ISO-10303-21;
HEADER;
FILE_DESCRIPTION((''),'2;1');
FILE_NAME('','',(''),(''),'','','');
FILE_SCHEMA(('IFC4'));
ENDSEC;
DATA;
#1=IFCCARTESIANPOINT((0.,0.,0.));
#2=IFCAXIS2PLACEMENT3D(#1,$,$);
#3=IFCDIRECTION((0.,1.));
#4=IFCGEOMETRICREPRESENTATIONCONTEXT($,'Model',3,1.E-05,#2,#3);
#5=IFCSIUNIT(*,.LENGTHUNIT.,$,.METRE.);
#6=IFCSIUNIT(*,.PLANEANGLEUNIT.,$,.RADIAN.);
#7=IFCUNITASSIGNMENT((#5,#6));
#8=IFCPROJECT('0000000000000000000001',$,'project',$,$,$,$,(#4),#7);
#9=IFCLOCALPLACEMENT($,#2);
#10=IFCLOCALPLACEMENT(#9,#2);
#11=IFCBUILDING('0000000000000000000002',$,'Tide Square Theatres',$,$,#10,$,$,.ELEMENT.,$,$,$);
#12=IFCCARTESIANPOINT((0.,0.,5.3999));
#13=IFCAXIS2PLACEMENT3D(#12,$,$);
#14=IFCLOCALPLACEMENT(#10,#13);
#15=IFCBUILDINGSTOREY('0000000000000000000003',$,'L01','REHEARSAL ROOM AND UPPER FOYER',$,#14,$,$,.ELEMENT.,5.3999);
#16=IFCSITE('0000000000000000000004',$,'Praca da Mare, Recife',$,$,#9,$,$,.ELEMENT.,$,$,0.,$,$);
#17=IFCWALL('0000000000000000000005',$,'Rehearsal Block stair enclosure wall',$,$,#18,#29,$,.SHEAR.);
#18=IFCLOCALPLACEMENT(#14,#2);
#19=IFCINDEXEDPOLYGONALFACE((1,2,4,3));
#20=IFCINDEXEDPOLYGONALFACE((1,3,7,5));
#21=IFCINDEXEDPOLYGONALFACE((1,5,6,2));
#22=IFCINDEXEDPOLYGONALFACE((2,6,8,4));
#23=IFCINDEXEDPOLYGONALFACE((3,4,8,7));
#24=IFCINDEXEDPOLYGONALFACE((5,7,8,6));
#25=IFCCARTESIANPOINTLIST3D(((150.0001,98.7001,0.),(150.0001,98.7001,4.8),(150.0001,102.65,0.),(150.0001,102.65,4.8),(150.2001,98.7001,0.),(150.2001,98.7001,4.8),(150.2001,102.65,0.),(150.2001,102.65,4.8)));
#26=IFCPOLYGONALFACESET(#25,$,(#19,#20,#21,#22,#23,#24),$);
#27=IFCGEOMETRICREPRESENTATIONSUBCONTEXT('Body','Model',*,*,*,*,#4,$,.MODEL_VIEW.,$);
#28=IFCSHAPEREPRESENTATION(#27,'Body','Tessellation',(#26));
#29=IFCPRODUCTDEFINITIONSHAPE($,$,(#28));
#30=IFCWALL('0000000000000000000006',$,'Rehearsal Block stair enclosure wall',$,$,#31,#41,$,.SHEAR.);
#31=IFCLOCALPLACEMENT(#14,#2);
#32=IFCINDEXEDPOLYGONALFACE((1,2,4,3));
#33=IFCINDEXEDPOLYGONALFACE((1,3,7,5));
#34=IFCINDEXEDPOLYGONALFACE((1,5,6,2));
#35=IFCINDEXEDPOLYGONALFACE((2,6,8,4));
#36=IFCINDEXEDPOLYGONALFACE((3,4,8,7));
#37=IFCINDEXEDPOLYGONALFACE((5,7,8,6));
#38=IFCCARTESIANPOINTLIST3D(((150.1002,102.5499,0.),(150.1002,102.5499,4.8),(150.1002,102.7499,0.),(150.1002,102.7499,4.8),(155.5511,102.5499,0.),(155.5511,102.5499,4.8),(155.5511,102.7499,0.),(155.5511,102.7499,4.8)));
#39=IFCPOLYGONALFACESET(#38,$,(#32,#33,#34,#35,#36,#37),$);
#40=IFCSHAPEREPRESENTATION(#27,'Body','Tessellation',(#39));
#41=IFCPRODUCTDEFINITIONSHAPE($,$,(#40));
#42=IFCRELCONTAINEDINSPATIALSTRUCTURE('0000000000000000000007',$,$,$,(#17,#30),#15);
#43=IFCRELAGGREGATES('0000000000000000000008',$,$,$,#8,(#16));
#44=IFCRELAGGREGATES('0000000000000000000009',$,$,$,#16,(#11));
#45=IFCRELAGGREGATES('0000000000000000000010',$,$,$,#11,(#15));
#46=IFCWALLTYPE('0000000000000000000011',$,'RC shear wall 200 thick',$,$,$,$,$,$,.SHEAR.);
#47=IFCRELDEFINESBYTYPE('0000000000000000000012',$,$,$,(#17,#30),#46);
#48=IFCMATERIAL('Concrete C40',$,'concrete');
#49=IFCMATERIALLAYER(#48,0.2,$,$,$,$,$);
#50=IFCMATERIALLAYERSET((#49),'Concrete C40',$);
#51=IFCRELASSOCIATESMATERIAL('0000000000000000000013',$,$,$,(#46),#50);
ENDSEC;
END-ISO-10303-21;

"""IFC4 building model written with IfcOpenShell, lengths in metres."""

from ifc_helpers import new_model, si_unit, direction, frame, frame_2d, origin, place, context, subcontext, project, spatial, rectangle, extrude, material, layer, layer_set, type_object, element, save


model = new_model("IFC4")

# Units and contexts
model_context = context("Model", 3, precision=1e-05, world=origin(), true_north=direction((0.0, 1.0)))
body_context = subcontext(model_context, "Body", "Model", "MODEL_VIEW")
ifc_project = project(units=[si_unit("LENGTHUNIT", "METRE"), si_unit("PLANEANGLEUNIT", "RADIAN")], contexts=[model_context])

# Site, building, storey
site_placement = place(None, origin())
site = spatial("IfcSite", under=ifc_project, at=site_placement, Name="Praca da Mare, Recife", CompositionType="ELEMENT", RefElevation=0.0)
building_placement = place(site_placement, origin())
building = spatial("IfcBuilding", under=site, at=building_placement, Name="Tide Square Theatres", CompositionType="ELEMENT")
storey_placement = place(building_placement, frame((0.0, 0.0, 5.3999)))
storey = spatial("IfcBuildingStorey", under=building, at=storey_placement, Name="L01", Description="REHEARSAL ROOM AND UPPER FOYER", CompositionType="ELEMENT", Elevation=5.3999)

# Walls
ifc_material_1 = material(Name="Concrete C40", Category="concrete")
ifc_layer_1 = layer(ifc_material_1, 0.2)
ifc_layer_set_1 = layer_set([ifc_layer_1], Name="Concrete C40")
wall_type_1 = type_object("IfcWallType", Name="RC shear wall 200 thick", PredefinedType="SHEAR", material=ifc_layer_set_1)
wall_1_placement = place(storey_placement, frame((150.1001, 98.7, 0.0), z_axis=(0.0, 0.0, 1.0), x_axis=(0.0, 1.0, 0.0)))
element("IfcWall", 1, at=wall_1_placement, inside=storey, type_object=wall_type_1, Name="Rehearsal Block stair enclosure wall", PredefinedType="SHEAR", context=body_context, shape_type="SweptSolid", body=[
    extrude(rectangle(XDim=3.95, YDim=0.2, at=frame_2d((1.9751, 0.0))), origin(), (0.0, 0.0, 1.0), 4.8),
])
wall_2_placement = place(storey_placement, frame((150.1001, 102.6499, 0.0), z_axis=(0.0, 0.0, 1.0), x_axis=(1.0, 0.0, 0.0)))
element("IfcWall", 2, at=wall_2_placement, inside=storey, type_object=wall_type_1, Name="Rehearsal Block stair enclosure wall", PredefinedType="SHEAR", context=body_context, shape_type="SweptSolid", body=[
    extrude(rectangle(XDim=5.4509, YDim=0.2, at=frame_2d((2.7256, 0.0))), origin(), (0.0, 0.0, 1.0), 4.8),
])

save(model, "model.ifc")
